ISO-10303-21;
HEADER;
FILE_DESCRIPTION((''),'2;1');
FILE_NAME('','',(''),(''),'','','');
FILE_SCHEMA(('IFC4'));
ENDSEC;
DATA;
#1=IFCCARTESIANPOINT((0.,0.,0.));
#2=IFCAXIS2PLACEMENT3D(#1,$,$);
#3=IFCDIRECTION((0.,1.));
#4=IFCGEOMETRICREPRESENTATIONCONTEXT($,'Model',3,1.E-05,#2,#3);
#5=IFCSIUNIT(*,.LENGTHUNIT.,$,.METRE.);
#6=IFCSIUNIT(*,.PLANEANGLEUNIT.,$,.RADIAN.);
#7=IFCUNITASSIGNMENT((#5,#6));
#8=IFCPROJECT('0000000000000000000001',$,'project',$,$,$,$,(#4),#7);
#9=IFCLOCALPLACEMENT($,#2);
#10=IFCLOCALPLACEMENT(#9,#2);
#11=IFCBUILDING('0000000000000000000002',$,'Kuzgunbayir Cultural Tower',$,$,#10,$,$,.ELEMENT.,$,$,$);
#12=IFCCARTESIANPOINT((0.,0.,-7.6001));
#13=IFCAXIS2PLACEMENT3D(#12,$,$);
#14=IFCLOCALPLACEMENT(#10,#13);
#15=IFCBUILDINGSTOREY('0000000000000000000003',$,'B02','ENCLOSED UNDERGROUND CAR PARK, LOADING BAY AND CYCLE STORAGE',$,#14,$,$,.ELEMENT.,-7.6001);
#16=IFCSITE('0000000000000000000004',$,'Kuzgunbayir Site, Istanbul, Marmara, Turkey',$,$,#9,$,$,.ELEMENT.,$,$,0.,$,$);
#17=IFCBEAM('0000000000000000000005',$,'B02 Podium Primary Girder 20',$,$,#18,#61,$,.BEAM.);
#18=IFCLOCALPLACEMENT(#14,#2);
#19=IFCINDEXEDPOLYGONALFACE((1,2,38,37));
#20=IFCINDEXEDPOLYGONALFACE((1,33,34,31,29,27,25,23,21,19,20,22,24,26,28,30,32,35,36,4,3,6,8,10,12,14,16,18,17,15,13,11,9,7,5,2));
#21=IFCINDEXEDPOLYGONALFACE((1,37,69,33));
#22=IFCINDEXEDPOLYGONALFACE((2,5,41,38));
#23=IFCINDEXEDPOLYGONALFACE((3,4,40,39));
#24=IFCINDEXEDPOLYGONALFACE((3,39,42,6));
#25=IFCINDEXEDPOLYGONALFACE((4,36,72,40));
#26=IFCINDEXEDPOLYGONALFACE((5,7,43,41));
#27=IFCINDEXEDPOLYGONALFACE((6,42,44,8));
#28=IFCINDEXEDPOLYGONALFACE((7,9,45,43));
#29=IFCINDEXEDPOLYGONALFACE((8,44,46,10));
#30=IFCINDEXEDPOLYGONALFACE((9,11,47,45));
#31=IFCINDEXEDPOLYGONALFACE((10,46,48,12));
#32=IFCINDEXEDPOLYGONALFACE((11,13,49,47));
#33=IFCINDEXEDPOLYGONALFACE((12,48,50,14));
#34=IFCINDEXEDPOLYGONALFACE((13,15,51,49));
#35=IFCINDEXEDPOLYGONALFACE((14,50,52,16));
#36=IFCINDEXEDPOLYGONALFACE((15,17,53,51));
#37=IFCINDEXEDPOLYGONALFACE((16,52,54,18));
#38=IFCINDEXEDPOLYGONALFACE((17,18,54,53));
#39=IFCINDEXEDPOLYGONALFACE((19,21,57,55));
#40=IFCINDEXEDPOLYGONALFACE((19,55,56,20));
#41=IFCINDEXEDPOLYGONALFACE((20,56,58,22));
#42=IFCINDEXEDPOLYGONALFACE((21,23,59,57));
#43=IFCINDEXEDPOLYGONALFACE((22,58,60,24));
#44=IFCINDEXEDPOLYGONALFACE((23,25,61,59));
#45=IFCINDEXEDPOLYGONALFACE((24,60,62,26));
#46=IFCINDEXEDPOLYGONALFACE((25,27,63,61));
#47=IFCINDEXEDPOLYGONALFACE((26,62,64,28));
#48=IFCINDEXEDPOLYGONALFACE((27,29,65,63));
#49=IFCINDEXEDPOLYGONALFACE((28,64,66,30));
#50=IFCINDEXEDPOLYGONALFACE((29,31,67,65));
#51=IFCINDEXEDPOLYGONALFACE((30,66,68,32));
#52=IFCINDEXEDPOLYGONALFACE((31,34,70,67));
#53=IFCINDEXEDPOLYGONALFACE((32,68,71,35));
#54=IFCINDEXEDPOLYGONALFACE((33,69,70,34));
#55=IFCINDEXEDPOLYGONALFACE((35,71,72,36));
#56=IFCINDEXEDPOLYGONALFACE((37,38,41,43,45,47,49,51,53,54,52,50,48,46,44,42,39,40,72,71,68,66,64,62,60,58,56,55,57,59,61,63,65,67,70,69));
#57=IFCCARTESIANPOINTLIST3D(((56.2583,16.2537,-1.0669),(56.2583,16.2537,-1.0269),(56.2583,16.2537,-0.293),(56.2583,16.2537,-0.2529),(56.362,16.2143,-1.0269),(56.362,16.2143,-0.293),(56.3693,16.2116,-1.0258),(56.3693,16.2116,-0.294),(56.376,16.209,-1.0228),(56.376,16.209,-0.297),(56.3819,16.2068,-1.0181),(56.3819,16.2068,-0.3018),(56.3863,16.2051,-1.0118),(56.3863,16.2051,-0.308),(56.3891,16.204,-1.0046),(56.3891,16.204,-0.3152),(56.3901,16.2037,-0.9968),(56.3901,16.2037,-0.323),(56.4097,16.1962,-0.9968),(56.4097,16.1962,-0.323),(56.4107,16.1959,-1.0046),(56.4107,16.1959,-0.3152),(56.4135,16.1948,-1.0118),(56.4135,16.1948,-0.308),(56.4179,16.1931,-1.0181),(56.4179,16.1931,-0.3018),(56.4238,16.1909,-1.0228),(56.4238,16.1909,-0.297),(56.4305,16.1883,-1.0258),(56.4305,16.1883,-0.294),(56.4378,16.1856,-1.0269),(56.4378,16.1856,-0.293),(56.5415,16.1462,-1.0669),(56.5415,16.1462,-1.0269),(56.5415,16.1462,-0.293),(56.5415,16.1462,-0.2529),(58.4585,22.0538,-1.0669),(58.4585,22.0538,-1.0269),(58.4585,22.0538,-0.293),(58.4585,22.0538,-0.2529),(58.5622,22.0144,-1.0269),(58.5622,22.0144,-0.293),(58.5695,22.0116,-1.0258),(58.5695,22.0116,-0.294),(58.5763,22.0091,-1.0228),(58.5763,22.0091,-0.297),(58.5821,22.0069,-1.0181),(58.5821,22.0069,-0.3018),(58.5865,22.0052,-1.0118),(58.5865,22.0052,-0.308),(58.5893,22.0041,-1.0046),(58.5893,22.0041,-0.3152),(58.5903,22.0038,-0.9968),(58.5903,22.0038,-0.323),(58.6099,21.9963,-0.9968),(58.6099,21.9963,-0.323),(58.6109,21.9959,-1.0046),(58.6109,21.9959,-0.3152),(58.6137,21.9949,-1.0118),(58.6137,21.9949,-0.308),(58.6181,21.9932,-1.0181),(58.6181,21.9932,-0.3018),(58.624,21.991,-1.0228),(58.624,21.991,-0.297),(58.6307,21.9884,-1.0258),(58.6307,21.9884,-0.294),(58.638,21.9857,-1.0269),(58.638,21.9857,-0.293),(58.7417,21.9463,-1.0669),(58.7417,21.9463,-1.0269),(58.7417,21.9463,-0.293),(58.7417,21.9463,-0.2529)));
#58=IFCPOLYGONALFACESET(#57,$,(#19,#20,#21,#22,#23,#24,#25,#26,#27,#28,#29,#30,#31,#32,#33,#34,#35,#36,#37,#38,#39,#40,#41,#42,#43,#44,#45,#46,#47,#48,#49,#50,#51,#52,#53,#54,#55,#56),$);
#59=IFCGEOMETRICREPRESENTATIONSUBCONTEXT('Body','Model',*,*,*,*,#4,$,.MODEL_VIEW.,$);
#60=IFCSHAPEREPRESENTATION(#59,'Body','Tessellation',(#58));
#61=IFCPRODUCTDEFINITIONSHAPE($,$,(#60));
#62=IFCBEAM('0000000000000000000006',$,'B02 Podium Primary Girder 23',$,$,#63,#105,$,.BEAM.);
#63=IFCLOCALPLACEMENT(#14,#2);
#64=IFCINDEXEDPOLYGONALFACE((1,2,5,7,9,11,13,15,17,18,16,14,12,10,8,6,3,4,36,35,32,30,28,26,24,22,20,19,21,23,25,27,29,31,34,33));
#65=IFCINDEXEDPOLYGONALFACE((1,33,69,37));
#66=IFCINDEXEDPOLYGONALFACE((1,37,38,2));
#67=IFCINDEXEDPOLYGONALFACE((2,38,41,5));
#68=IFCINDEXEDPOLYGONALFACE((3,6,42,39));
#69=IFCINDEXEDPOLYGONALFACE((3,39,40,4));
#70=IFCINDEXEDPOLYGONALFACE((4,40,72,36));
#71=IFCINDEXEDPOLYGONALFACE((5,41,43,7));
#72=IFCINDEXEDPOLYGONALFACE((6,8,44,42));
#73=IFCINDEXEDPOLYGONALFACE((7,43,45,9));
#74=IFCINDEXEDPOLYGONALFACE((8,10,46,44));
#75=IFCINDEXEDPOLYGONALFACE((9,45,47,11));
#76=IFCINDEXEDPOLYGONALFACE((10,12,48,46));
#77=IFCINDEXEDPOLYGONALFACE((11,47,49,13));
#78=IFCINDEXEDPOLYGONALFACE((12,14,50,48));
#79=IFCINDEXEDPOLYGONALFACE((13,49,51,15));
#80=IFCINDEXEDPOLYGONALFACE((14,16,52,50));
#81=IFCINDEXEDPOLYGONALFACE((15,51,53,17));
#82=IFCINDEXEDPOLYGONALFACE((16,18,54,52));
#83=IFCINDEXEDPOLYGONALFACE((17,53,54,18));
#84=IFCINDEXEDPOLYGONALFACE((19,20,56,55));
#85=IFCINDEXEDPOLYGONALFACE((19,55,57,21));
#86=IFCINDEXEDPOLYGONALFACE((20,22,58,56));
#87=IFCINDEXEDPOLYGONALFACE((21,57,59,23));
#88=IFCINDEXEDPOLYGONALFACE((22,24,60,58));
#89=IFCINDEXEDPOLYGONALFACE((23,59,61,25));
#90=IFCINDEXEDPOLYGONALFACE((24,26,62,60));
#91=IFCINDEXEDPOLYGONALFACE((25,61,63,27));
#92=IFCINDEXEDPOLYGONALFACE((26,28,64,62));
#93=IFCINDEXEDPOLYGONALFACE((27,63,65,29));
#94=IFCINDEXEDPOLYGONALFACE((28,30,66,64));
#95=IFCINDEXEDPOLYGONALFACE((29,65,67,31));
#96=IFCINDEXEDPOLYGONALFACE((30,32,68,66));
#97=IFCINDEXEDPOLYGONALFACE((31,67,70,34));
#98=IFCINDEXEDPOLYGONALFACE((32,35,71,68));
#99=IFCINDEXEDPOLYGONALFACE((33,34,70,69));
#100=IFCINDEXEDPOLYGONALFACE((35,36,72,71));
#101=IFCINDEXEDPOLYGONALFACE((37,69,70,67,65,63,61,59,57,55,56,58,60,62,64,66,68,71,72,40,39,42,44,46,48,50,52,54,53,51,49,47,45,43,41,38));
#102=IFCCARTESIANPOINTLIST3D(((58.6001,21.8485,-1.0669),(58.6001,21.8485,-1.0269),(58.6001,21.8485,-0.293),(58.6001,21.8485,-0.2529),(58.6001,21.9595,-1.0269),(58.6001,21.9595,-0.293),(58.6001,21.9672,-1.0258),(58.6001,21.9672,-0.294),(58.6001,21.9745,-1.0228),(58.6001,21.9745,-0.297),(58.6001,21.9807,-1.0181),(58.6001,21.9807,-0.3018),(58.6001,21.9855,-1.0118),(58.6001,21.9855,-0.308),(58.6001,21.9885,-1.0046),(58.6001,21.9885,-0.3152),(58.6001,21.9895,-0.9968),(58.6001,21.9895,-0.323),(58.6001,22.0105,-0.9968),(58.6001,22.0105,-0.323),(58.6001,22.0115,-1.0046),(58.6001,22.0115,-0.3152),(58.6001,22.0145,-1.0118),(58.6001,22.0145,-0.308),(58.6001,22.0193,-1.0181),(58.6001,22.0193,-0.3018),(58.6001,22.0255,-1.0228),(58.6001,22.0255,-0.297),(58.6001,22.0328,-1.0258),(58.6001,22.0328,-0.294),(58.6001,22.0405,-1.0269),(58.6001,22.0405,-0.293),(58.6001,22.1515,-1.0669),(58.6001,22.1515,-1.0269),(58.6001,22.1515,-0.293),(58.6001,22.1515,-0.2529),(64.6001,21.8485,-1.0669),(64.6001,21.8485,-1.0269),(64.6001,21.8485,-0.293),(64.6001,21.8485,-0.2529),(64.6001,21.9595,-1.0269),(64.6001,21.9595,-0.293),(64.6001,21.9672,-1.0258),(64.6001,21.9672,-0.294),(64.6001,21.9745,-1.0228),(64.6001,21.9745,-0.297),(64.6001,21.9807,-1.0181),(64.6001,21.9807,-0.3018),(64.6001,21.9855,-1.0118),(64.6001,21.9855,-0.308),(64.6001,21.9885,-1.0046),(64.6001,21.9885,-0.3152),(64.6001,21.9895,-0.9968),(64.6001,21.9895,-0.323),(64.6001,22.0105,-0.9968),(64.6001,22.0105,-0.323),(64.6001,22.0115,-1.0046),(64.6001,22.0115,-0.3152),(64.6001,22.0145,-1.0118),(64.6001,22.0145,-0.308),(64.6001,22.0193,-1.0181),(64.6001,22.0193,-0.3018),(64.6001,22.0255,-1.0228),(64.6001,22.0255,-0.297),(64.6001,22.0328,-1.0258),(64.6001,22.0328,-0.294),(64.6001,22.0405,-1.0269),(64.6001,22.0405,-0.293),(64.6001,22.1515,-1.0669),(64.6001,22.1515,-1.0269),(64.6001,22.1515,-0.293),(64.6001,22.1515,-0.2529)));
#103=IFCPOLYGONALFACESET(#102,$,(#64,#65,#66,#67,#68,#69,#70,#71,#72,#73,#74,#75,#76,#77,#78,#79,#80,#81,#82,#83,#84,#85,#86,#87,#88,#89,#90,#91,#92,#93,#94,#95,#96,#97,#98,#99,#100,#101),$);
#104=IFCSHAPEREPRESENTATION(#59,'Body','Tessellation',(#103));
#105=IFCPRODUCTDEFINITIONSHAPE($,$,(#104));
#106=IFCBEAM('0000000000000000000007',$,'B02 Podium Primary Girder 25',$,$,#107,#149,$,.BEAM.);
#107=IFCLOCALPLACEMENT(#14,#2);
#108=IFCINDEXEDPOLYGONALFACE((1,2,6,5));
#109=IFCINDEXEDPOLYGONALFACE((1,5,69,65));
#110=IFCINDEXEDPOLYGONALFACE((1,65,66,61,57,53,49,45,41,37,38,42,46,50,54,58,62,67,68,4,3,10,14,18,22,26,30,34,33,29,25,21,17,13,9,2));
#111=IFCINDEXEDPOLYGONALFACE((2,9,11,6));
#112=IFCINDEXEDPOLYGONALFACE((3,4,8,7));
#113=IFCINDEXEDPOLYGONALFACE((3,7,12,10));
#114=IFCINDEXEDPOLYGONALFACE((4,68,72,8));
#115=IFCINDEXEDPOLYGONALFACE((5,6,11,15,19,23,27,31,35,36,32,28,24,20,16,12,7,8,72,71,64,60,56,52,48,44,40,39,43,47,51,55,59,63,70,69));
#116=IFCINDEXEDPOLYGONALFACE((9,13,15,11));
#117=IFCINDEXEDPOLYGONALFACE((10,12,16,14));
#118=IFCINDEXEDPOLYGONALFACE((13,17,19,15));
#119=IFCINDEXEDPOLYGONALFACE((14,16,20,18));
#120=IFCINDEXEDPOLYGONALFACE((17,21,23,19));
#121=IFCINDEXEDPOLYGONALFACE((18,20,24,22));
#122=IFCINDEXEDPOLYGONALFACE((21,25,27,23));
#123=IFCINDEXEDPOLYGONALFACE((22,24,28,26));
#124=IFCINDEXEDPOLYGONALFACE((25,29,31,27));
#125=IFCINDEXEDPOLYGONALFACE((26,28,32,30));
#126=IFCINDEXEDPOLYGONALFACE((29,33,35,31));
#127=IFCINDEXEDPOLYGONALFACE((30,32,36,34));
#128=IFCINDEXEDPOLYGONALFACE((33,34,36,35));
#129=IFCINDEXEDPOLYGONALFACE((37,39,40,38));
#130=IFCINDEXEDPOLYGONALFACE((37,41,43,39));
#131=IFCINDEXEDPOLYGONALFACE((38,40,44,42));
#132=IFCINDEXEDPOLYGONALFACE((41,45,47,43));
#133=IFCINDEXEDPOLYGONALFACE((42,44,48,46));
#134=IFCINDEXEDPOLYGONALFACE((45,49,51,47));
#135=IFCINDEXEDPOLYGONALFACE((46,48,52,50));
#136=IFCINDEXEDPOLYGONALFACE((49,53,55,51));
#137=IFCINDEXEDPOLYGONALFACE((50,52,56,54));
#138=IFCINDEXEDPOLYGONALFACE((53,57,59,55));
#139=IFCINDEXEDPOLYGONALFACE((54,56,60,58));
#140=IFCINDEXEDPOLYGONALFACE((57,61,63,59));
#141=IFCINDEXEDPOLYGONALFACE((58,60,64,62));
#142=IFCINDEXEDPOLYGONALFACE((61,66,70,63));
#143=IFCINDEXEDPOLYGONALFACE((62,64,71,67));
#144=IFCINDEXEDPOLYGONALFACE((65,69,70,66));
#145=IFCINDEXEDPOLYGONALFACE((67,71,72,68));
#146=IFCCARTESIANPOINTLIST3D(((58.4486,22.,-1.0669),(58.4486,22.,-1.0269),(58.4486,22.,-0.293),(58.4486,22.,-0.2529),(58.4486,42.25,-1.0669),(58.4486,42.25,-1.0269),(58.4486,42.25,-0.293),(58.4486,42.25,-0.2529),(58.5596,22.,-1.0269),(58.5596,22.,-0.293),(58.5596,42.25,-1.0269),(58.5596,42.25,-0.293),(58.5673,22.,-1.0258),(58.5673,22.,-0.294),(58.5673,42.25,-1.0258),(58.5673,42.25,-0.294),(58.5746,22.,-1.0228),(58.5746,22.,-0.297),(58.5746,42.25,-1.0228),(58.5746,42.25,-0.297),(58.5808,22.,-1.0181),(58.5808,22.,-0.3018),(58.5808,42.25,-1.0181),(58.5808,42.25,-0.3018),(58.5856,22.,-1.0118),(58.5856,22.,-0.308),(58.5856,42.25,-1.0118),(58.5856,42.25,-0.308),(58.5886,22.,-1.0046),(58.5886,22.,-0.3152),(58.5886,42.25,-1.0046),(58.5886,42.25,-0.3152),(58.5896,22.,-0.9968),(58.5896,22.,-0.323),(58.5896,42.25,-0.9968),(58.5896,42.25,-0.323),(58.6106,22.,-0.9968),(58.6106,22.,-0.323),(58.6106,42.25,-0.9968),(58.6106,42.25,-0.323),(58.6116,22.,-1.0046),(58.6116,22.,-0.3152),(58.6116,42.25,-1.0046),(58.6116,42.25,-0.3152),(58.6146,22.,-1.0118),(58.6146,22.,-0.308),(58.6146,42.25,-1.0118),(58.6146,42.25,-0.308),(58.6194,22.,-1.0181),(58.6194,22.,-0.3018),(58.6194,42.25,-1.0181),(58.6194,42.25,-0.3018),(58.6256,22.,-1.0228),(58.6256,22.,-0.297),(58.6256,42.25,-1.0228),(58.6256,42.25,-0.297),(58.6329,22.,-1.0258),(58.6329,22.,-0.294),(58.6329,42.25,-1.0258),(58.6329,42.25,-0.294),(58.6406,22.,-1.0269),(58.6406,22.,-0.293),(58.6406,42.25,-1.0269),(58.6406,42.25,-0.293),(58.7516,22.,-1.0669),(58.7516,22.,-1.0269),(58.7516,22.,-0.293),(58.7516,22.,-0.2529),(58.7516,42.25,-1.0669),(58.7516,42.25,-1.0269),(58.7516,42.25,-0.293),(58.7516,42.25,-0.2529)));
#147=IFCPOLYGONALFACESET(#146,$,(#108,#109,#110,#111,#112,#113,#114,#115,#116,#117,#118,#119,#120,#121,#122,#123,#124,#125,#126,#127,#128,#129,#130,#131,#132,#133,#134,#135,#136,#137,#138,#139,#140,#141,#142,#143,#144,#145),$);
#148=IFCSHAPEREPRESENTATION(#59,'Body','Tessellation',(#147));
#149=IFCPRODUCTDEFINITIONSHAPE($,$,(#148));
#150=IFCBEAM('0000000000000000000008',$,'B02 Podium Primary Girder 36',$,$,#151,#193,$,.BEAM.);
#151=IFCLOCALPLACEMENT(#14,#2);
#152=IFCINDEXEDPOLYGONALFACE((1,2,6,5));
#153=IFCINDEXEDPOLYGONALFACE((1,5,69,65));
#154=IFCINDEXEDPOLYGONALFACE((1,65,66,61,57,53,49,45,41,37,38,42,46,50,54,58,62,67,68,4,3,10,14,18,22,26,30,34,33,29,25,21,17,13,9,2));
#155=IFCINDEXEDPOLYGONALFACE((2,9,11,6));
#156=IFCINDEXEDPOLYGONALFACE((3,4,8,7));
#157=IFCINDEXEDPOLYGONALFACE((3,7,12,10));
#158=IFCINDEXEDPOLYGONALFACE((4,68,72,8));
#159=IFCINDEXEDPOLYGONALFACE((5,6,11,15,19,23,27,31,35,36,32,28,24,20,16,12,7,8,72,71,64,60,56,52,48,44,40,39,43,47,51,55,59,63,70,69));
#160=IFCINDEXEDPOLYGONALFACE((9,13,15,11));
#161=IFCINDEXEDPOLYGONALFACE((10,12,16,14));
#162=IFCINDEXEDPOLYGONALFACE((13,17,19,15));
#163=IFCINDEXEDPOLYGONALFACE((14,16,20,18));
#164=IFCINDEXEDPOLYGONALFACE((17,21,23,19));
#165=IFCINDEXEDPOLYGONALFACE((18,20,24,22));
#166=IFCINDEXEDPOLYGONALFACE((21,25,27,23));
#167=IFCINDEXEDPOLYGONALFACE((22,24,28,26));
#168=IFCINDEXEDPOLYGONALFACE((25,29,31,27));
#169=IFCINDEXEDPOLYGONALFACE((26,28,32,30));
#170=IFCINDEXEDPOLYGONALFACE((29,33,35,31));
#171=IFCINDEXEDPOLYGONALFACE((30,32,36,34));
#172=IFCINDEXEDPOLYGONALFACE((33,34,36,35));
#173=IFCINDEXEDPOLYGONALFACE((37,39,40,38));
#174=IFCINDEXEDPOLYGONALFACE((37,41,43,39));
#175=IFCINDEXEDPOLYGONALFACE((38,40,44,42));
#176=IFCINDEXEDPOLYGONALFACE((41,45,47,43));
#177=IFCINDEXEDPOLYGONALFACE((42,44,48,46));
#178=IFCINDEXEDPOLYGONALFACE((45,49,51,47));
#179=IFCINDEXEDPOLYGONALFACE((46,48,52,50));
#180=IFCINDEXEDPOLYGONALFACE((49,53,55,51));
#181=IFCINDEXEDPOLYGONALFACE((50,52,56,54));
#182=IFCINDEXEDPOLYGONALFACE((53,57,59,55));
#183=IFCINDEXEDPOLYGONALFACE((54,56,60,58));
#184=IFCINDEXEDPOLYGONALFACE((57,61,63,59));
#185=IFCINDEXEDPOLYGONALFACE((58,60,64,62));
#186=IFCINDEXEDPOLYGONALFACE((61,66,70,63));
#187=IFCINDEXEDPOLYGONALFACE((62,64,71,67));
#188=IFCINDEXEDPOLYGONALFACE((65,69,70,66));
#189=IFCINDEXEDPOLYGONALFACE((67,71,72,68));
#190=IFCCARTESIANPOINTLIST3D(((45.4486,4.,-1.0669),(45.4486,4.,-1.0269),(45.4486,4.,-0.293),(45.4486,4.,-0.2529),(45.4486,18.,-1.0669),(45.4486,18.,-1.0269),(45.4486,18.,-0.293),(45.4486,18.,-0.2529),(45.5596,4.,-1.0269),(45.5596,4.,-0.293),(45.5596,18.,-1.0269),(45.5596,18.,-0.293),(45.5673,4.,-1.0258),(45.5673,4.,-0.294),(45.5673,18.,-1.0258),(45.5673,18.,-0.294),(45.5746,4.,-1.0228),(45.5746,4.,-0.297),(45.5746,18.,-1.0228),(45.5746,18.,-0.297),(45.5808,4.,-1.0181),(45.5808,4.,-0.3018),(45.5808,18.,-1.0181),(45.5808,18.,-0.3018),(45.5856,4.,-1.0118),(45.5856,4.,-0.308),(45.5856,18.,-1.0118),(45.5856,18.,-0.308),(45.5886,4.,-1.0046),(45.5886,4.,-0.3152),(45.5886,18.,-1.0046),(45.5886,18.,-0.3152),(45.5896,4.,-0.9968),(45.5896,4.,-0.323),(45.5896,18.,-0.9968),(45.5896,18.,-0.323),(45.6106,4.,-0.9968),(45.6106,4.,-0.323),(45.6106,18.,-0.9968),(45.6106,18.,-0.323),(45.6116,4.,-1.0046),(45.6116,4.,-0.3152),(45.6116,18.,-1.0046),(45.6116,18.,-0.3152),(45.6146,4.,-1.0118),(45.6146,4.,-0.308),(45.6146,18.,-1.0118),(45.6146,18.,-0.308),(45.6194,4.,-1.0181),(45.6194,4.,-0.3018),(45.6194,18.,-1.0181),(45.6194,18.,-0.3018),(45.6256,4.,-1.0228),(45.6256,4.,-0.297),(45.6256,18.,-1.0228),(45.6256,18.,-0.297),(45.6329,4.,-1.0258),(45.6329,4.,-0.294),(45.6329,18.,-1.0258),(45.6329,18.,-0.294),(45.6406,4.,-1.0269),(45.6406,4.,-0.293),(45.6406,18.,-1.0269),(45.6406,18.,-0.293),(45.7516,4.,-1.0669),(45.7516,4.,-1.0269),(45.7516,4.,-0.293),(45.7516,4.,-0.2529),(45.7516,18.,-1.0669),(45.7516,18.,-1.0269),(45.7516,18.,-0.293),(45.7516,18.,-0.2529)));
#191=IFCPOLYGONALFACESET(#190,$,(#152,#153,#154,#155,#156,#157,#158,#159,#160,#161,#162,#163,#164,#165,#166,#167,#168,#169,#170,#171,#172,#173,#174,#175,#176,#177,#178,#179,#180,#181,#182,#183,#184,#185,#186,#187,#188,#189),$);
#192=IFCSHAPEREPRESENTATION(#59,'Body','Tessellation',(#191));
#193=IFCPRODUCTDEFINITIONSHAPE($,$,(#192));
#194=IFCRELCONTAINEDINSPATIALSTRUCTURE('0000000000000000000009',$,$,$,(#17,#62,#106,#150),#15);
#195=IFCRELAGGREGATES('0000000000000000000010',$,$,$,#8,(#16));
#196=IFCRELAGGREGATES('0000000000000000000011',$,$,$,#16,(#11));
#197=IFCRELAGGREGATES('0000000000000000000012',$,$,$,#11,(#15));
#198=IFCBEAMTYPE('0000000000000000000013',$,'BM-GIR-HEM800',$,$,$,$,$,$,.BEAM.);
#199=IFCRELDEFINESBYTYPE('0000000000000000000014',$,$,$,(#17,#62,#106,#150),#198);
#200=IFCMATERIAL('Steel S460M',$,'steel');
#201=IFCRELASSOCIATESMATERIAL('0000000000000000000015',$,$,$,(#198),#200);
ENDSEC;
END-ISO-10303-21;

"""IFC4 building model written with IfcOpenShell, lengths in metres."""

from ifc_helpers import new_model, si_unit, direction, frame, origin, origin_2d, place, context, subcontext, project, spatial, i_section, extrude, material, material_profile, profile_set, type_object, element, save


model = new_model("IFC4")

# Units and contexts
model_context = context("Model", 3, precision=1e-05, world=origin(), true_north=direction((0.0, 1.0)))
body_context = subcontext(model_context, "Body", "Model", "MODEL_VIEW")
ifc_project = project(units=[si_unit("LENGTHUNIT", "METRE"), si_unit("PLANEANGLEUNIT", "RADIAN")], contexts=[model_context])

# Site, building, storey
site_placement = place(None, origin())
site = spatial("IfcSite", under=ifc_project, at=site_placement, Name="Kuzgunbayir Site, Istanbul, Marmara, Turkey", CompositionType="ELEMENT", RefElevation=0.0)
building_placement = place(site_placement, origin())
building = spatial("IfcBuilding", under=site, at=building_placement, Name="Kuzgunbayir Cultural Tower", CompositionType="ELEMENT")
storey_placement = place(building_placement, frame((0.0, 0.0, -7.6001)))
storey = spatial("IfcBuildingStorey", under=building, at=storey_placement, Name="B02", Description="ENCLOSED UNDERGROUND CAR PARK, LOADING BAY AND CYCLE STORAGE", CompositionType="ELEMENT", Elevation=-7.6001)

# Beams
ifc_material_1 = material(Name="Steel S460M", Category="steel")
ifc_material_profile_1 = material_profile(ifc_material_1, i_section(OverallWidth=0.303, OverallDepth=0.814, WebThickness=0.021, FlangeThickness=0.04, FilletRadius=0.03, at=origin_2d()), Name="HEM 800")
ifc_profile_set_1 = profile_set([ifc_material_profile_1], Name="Steel S460M")
beam_type = type_object("IfcBeamType", Name="BM-GIR-HEM800", PredefinedType="BEAM", material=ifc_profile_set_1)
beam_1_placement = place(storey_placement, frame((56.3999, 16.2, -0.6599), z_axis=(0.354679, 0.934988, 0.0), x_axis=(-0.934988, 0.354679, 0.0)))
element("IfcBeam", 1, at=beam_1_placement, inside=storey, type_object=beam_type, Name="B02 Podium Primary Girder 20", PredefinedType="BEAM", context=body_context, shape_type="SweptSolid", body=[
    extrude(i_section(OverallWidth=0.303, OverallDepth=0.814, WebThickness=0.021, FlangeThickness=0.04, FilletRadius=0.03, at=origin_2d()), origin(), (0.0, 0.0, 1.0), 6.2034),
])
beam_2_placement = place(storey_placement, frame((58.6001, 22.0, -0.6599), z_axis=(1.0, 0.0, 0.0), x_axis=(0.0, 1.0, 0.0)))
element("IfcBeam", 2, at=beam_2_placement, inside=storey, type_object=beam_type, Name="B02 Podium Primary Girder 23", PredefinedType="BEAM", context=body_context, shape_type="SweptSolid", body=[
    extrude(i_section(OverallWidth=0.303, OverallDepth=0.814, WebThickness=0.021, FlangeThickness=0.04, FilletRadius=0.03, at=origin_2d()), origin(), (0.0, 0.0, 1.0), 6.0),
])
beam_3_placement = place(storey_placement, frame((58.6001, 22.0, -0.6599), z_axis=(0.0, 1.0, 0.0), x_axis=(-1.0, 0.0, 0.0)))
element("IfcBeam", 3, at=beam_3_placement, inside=storey, type_object=beam_type, Name="B02 Podium Primary Girder 25", PredefinedType="BEAM", context=body_context, shape_type="SweptSolid", body=[
    extrude(i_section(OverallWidth=0.303, OverallDepth=0.814, WebThickness=0.021, FlangeThickness=0.04, FilletRadius=0.03, at=origin_2d()), origin(), (0.0, 0.0, 1.0), 20.25),
])
beam_4_placement = place(storey_placement, frame((45.6001, 4.0, -0.6599), z_axis=(0.0, 1.0, 0.0), x_axis=(-1.0, 0.0, 0.0)))
element("IfcBeam", 4, at=beam_4_placement, inside=storey, type_object=beam_type, Name="B02 Podium Primary Girder 36", PredefinedType="BEAM", context=body_context, shape_type="SweptSolid", body=[
    extrude(i_section(OverallWidth=0.303, OverallDepth=0.814, WebThickness=0.021, FlangeThickness=0.04, FilletRadius=0.03, at=origin_2d()), origin(), (0.0, 0.0, 1.0), 14.0),
])

save(model, "model.ifc")
